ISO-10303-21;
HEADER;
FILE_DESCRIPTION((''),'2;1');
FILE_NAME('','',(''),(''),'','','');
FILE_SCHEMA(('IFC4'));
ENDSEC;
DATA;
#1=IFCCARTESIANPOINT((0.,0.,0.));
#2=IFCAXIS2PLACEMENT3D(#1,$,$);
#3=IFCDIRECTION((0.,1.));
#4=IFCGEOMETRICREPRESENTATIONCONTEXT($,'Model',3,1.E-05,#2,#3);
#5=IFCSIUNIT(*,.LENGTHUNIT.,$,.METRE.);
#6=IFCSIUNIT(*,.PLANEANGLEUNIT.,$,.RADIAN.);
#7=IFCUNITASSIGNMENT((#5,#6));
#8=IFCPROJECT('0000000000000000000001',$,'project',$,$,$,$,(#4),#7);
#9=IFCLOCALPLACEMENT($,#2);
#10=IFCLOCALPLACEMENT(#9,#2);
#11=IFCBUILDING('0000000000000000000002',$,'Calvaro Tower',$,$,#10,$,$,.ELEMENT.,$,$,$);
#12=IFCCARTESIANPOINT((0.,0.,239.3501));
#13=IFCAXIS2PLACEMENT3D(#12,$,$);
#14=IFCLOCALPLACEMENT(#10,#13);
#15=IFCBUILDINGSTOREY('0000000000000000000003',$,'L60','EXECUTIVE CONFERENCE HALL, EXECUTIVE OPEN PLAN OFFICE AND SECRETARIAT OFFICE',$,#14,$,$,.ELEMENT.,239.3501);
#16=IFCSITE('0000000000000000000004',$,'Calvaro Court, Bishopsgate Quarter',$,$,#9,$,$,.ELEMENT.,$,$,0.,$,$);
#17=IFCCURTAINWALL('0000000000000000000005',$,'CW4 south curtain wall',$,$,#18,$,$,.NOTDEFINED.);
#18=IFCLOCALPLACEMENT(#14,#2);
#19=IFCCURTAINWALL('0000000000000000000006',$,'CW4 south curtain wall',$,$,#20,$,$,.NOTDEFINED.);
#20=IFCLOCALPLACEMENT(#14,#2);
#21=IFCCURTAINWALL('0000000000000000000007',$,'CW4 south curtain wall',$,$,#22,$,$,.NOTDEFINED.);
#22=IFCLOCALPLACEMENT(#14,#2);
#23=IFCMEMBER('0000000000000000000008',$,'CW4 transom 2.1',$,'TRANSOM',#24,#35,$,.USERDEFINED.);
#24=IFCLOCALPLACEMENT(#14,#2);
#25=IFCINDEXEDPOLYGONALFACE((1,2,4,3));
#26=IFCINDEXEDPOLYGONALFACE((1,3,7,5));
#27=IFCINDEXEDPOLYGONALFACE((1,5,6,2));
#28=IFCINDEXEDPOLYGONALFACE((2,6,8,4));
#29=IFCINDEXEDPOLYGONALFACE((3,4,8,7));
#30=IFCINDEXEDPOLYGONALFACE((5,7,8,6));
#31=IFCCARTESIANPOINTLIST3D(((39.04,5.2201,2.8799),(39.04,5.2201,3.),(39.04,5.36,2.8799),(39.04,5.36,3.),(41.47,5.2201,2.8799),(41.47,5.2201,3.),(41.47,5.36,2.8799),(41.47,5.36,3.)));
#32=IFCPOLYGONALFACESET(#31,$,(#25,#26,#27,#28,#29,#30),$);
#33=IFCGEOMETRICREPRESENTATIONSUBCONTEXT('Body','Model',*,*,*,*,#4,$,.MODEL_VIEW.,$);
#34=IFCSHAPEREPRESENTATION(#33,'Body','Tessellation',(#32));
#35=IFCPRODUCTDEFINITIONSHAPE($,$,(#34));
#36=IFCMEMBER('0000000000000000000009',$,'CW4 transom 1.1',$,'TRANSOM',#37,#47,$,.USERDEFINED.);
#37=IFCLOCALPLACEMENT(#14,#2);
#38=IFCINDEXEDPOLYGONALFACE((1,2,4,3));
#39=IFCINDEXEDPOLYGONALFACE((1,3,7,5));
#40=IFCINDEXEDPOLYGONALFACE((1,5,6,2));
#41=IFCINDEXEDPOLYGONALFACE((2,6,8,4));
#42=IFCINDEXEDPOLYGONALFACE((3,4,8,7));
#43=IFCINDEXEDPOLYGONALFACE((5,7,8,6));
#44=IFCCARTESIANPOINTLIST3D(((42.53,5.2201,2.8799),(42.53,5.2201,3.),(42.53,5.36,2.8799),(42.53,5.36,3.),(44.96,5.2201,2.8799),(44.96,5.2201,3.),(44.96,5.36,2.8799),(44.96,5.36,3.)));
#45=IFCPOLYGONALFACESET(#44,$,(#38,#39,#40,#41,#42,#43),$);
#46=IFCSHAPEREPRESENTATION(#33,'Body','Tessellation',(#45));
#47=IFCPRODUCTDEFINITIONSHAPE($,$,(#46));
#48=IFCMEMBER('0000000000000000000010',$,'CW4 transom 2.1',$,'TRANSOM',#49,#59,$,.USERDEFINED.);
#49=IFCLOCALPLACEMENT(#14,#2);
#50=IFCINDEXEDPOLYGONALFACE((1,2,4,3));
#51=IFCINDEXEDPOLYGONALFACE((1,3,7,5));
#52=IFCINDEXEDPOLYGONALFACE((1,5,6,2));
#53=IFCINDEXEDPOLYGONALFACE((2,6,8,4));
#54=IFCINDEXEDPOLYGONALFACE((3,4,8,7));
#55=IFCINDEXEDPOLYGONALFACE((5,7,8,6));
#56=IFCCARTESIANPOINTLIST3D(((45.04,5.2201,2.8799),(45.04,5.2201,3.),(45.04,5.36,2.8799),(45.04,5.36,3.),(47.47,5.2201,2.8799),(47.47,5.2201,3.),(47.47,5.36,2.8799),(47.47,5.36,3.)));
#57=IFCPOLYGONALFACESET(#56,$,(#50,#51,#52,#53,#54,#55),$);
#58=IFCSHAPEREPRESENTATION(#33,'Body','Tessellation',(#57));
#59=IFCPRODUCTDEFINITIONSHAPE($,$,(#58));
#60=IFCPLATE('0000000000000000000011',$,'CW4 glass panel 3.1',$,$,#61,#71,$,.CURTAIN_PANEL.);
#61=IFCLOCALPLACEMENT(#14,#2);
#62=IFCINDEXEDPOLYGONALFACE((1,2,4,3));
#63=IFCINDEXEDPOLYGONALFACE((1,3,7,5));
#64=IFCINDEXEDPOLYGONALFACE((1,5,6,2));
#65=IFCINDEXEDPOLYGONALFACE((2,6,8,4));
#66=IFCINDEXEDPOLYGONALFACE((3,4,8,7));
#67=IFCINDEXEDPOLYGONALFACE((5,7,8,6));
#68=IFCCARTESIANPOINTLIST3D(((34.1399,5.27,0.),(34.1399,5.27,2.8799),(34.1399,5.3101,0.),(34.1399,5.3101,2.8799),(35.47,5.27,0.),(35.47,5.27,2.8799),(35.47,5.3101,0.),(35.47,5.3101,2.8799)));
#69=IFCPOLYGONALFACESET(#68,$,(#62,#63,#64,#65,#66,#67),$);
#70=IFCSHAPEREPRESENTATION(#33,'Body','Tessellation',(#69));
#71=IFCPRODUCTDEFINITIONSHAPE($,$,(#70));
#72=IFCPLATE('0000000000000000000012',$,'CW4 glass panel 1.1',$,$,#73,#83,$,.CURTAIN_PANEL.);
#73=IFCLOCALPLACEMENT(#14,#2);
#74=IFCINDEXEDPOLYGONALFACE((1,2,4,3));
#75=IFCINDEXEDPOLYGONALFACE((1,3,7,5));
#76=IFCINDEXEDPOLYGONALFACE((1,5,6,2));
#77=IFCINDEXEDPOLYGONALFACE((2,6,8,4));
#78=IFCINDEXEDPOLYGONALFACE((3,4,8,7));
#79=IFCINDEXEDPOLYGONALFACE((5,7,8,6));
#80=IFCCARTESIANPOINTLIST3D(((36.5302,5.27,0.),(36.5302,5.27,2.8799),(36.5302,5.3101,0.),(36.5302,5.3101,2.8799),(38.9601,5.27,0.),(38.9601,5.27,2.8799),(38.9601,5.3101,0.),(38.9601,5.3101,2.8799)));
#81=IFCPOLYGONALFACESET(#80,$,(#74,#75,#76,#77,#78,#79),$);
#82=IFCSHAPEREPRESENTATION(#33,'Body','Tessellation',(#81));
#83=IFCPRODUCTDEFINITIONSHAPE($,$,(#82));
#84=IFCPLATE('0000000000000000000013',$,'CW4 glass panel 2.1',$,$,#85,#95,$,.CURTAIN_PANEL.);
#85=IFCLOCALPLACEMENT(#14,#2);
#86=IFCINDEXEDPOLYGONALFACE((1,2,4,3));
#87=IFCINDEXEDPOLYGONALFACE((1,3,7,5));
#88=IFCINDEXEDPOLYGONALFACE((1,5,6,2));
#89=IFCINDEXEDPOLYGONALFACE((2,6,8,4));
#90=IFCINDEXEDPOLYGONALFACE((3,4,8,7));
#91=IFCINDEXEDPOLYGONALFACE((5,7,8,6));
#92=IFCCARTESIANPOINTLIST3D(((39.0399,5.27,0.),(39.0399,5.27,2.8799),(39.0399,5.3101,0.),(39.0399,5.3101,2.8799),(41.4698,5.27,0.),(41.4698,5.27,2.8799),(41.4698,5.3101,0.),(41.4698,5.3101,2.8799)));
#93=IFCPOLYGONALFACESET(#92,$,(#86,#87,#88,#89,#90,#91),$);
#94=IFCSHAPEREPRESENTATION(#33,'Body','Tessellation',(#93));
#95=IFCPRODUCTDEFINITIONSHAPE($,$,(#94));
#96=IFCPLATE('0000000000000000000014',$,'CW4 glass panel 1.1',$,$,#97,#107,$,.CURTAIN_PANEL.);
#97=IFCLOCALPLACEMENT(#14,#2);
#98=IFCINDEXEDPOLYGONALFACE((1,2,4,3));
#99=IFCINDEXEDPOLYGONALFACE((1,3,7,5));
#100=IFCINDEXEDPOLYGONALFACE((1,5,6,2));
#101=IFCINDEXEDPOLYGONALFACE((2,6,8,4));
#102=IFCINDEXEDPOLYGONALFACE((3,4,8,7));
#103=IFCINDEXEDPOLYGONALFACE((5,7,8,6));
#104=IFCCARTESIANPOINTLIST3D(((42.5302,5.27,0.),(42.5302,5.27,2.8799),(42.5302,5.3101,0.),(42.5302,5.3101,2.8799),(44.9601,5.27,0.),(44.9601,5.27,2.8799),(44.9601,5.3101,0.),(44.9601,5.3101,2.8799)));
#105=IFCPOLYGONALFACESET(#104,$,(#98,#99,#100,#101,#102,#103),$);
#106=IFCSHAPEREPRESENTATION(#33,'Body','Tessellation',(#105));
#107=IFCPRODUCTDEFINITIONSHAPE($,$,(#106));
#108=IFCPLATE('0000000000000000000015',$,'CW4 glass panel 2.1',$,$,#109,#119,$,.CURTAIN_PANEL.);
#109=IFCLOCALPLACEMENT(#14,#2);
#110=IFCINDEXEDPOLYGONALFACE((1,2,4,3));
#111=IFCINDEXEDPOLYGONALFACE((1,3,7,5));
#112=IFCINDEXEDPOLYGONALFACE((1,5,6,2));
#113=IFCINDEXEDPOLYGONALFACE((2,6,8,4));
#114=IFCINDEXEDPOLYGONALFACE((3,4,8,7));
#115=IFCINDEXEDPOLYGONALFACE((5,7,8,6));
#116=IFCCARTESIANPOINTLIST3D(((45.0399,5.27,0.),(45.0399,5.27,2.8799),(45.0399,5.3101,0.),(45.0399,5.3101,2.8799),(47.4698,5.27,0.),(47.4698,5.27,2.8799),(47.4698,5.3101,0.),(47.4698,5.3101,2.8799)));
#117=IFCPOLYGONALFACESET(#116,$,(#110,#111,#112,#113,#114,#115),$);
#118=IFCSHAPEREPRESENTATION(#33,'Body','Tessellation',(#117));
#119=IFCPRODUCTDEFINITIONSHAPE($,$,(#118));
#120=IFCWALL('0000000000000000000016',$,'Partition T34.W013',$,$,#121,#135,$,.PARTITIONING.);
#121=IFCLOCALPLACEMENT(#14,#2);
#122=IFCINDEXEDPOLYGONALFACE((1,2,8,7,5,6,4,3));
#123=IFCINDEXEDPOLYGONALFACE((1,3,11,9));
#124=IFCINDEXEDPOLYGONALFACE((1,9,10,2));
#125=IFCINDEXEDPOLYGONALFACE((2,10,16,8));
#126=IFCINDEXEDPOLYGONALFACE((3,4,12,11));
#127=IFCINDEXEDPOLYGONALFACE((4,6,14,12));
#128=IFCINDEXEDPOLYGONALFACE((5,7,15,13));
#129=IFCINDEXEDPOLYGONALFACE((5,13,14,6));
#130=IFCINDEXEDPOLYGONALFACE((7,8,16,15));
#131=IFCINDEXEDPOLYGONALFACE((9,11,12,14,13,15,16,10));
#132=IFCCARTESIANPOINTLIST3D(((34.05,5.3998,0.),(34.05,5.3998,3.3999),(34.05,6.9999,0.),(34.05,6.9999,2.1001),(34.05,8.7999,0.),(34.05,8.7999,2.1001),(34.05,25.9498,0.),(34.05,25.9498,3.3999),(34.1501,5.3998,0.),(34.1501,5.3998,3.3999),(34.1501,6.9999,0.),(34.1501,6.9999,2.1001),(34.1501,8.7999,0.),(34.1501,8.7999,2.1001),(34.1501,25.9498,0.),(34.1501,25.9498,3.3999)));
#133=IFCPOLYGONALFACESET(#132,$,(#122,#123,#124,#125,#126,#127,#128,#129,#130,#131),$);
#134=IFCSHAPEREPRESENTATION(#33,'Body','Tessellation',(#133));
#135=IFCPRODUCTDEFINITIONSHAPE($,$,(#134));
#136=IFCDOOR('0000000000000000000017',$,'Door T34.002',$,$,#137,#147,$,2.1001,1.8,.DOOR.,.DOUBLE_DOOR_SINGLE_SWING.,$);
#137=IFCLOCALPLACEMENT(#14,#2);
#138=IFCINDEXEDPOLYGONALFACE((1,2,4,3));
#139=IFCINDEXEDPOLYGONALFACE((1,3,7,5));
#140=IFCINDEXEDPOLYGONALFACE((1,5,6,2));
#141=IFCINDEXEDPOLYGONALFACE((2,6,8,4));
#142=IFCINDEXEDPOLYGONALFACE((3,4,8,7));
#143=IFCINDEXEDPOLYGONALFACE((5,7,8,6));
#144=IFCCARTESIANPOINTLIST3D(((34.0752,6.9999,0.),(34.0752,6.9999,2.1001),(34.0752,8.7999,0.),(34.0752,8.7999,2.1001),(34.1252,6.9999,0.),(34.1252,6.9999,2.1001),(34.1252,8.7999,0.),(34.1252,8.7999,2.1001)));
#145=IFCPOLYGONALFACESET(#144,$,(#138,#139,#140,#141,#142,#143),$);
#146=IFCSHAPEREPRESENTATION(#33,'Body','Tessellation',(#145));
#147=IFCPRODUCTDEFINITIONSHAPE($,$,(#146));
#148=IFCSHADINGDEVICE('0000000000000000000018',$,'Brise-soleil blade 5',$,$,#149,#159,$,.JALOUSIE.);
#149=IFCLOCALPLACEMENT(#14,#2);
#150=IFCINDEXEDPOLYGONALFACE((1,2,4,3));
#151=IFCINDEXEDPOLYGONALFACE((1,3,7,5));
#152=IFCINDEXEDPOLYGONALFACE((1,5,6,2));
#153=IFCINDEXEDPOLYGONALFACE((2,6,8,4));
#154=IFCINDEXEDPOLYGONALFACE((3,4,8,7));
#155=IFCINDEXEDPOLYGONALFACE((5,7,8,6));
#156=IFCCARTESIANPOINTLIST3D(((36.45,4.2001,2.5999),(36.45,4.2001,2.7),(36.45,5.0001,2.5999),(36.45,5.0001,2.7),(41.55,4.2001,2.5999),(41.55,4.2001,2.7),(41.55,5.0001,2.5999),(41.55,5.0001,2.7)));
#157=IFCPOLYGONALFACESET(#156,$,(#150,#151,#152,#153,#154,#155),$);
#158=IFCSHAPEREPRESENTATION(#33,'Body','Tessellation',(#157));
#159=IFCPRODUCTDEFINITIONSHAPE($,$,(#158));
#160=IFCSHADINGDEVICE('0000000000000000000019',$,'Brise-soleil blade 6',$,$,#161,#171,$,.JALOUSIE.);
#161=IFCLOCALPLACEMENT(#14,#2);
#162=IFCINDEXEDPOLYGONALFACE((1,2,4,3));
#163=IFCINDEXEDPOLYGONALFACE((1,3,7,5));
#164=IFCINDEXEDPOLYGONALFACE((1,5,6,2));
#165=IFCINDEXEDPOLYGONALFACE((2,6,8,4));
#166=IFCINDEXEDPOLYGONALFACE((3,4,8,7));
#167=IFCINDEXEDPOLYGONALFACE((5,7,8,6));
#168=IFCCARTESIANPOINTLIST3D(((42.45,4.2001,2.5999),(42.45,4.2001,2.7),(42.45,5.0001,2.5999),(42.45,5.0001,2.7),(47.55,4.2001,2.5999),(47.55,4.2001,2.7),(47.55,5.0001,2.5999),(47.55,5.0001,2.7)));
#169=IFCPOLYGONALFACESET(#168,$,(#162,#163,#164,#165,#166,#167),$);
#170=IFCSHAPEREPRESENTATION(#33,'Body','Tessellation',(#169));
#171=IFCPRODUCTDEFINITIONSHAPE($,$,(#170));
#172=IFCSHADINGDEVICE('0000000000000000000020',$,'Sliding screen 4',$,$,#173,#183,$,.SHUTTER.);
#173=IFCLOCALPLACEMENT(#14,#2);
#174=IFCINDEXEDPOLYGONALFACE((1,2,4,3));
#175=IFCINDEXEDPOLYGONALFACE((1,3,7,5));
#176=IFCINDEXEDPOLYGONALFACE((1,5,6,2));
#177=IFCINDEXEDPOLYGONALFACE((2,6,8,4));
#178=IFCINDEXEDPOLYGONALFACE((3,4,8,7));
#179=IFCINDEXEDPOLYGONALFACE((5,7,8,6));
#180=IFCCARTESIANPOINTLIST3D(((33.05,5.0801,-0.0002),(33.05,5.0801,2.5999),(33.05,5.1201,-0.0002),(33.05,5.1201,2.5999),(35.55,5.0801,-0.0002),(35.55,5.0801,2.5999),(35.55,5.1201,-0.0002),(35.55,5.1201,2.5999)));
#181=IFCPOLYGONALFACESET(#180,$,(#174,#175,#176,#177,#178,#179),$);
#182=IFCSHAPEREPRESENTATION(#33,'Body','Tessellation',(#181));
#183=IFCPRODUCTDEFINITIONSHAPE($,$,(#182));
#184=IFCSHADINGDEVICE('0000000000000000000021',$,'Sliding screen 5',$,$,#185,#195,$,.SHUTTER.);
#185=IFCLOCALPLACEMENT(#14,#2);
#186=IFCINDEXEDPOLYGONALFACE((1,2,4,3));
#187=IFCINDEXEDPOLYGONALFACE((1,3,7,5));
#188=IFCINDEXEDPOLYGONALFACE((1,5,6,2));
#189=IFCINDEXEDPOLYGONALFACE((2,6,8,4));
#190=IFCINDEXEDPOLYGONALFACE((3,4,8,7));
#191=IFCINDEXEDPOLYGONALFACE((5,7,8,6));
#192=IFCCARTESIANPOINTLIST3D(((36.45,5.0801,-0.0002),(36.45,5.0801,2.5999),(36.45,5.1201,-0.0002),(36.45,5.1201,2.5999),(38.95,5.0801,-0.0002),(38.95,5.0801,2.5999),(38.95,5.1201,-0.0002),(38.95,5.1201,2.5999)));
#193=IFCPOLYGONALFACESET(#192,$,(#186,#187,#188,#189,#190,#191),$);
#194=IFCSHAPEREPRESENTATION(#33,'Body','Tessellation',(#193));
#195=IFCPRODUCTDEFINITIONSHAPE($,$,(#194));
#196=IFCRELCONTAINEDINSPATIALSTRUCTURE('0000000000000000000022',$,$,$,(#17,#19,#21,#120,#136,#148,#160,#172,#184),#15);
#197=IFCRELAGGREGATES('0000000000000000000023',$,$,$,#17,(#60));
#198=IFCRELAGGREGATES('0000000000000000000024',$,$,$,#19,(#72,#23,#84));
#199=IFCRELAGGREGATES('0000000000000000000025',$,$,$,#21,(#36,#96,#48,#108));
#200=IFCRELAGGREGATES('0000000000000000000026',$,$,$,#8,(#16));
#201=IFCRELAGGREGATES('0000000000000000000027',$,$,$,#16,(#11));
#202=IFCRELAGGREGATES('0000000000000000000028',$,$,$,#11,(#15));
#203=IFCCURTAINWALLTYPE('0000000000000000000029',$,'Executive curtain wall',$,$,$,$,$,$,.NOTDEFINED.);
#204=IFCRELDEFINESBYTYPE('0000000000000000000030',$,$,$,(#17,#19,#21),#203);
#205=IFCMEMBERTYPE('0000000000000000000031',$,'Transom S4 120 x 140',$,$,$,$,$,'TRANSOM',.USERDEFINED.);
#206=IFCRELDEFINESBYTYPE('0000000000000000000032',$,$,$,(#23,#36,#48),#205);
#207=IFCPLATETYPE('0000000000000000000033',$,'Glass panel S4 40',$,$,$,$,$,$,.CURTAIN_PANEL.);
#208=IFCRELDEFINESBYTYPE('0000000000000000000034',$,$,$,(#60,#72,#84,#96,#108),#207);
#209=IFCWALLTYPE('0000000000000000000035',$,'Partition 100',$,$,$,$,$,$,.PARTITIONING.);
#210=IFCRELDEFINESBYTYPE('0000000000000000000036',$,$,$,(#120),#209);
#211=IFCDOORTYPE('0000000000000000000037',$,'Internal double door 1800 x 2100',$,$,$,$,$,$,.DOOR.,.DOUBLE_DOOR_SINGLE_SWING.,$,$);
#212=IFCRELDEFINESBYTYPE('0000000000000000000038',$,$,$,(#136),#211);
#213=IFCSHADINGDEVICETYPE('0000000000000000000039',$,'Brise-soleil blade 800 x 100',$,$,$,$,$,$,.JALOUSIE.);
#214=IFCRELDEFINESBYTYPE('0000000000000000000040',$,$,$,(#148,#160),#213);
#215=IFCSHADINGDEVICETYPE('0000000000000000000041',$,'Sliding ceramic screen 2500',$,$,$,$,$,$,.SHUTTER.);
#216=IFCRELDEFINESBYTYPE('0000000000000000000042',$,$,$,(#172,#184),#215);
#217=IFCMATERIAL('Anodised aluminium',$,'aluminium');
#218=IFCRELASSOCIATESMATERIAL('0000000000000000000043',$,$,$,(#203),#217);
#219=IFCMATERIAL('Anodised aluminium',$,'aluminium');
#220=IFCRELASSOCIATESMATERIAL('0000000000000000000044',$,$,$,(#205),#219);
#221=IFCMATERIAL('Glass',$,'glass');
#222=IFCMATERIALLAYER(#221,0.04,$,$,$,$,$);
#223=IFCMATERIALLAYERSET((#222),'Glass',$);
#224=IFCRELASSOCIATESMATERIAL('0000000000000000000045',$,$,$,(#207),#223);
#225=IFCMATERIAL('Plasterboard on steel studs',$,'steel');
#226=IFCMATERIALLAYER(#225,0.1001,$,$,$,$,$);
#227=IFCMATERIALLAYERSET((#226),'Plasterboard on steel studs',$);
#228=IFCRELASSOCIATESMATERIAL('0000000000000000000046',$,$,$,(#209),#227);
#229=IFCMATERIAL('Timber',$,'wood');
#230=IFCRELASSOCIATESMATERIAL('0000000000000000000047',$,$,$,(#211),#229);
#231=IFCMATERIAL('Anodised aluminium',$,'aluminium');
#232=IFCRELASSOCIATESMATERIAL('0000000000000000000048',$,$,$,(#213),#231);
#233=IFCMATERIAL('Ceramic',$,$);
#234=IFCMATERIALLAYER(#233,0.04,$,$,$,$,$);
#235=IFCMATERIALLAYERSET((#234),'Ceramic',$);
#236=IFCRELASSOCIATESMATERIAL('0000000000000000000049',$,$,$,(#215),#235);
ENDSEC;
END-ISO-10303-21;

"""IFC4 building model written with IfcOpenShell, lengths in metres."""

from ifc_helpers import new_model, si_unit, direction, frame, frame_2d, origin, origin_2d, place, context, subcontext, project, spatial, rectangle, extrude, material, layer, layer_set, material_profile, profile_set, type_object, element, fill, aggregate, save


model = new_model("IFC4")

# Units and contexts
model_context = context("Model", 3, precision=1e-05, world=origin(), true_north=direction((0.0, 1.0)))
body_context = subcontext(model_context, "Body", "Model", "MODEL_VIEW")
ifc_project = project(units=[si_unit("LENGTHUNIT", "METRE"), si_unit("PLANEANGLEUNIT", "RADIAN")], contexts=[model_context])

# Site, building, storey
site_placement = place(None, origin())
site = spatial("IfcSite", under=ifc_project, at=site_placement, Name="Calvaro Court, Bishopsgate Quarter", CompositionType="ELEMENT", RefElevation=0.0)
building_placement = place(site_placement, origin())
building = spatial("IfcBuilding", under=site, at=building_placement, Name="Calvaro Tower", CompositionType="ELEMENT")
storey_placement = place(building_placement, frame((0.0, 0.0, 239.3501)))
storey = spatial("IfcBuildingStorey", under=building, at=storey_placement, Name="L60", Description="EXECUTIVE CONFERENCE HALL, EXECUTIVE OPEN PLAN OFFICE AND SECRETARIAT OFFICE", CompositionType="ELEMENT", Elevation=239.3501)

# Curtain walls
ifc_material_1 = material(Name="Anodised aluminium", Category="aluminium")
curtain_wall_type = type_object("IfcCurtainWallType", Name="Executive curtain wall", PredefinedType="NOTDEFINED", material=ifc_material_1)
curtain_wall_1_placement = place(storey_placement, origin())
curtain_wall_1 = element("IfcCurtainWall", 1, at=curtain_wall_1_placement, inside=storey, type_object=curtain_wall_type, Name="CW4 south curtain wall", PredefinedType="NOTDEFINED")
curtain_wall_2_placement = place(storey_placement, origin())
curtain_wall_2 = element("IfcCurtainWall", 2, at=curtain_wall_2_placement, inside=storey, type_object=curtain_wall_type, Name="CW4 south curtain wall", PredefinedType="NOTDEFINED")
curtain_wall_3_placement = place(storey_placement, origin())
curtain_wall_3 = element("IfcCurtainWall", 3, at=curtain_wall_3_placement, inside=storey, type_object=curtain_wall_type, Name="CW4 south curtain wall", PredefinedType="NOTDEFINED")

# Members
ifc_material_2 = material(Name="Anodised aluminium", Category="aluminium")
ifc_material_profile_1 = material_profile(ifc_material_2, rectangle(XDim=0.1399, YDim=0.1201, at=origin_2d()), Name="Transom S4 120 x 140")
ifc_profile_set_1 = profile_set([ifc_material_profile_1], Name="Anodised aluminium")
member_type_1 = type_object("IfcMemberType", Name="Transom S4 120 x 140", ElementType="TRANSOM", PredefinedType="USERDEFINED", material=ifc_profile_set_1)
member_1_placement = place(storey_placement, frame((39.04, 5.29, 2.9399), z_axis=(1.0, 0.0, 0.0), x_axis=(0.0, 1.0, 0.0)))
member_1 = element("IfcMember", 4, at=member_1_placement, type_object=member_type_1, Name="CW4 transom 2.1", ObjectType="TRANSOM", PredefinedType="USERDEFINED", context=body_context, shape_type="SweptSolid", body=[
    extrude(rectangle(XDim=0.1399, YDim=0.1201, at=origin_2d()), origin(), (0.0, 0.0, 1.0), 2.4299),
])
member_2_placement = place(storey_placement, frame((42.53, 5.29, 2.9399), z_axis=(1.0, 0.0, 0.0), x_axis=(0.0, 1.0, 0.0)))
member_2 = element("IfcMember", 5, at=member_2_placement, type_object=member_type_1, Name="CW4 transom 1.1", ObjectType="TRANSOM", PredefinedType="USERDEFINED", context=body_context, shape_type="SweptSolid", body=[
    extrude(rectangle(XDim=0.1399, YDim=0.1201, at=origin_2d()), origin(), (0.0, 0.0, 1.0), 2.4299),
])
member_3_placement = place(storey_placement, frame((45.04, 5.29, 2.9399), z_axis=(1.0, 0.0, 0.0), x_axis=(0.0, 1.0, 0.0)))
member_3 = element("IfcMember", 6, at=member_3_placement, type_object=member_type_1, Name="CW4 transom 2.1", ObjectType="TRANSOM", PredefinedType="USERDEFINED", context=body_context, shape_type="SweptSolid", body=[
    extrude(rectangle(XDim=0.1399, YDim=0.1201, at=origin_2d()), origin(), (0.0, 0.0, 1.0), 2.4299),
])

# Plates
ifc_material_3 = material(Name="Glass", Category="glass")
ifc_layer_1 = layer(ifc_material_3, 0.04)
ifc_layer_set_1 = layer_set([ifc_layer_1], Name="Glass")
plate_type = type_object("IfcPlateType", Name="Glass panel S4 40", PredefinedType="CURTAIN_PANEL", material=ifc_layer_set_1)
plate_1_placement = place(storey_placement, frame((34.8049, 5.29, 0.0), z_axis=(0.0, 0.0, 1.0), x_axis=(1.0, 0.0, 0.0)))
plate_1 = element("IfcPlate", 7, at=plate_1_placement, type_object=plate_type, Name="CW4 glass panel 3.1", PredefinedType="CURTAIN_PANEL", context=body_context, shape_type="SweptSolid", body=[
    extrude(rectangle(XDim=1.3301, YDim=0.04, at=origin_2d()), origin(), (0.0, 0.0, 1.0), 2.8799),
])
aggregate(curtain_wall_1, [plate_1])
plate_2_placement = place(storey_placement, frame((37.7451, 5.29, 0.0), z_axis=(0.0, 0.0, 1.0), x_axis=(1.0, 0.0, 0.0)))
plate_2 = element("IfcPlate", 8, at=plate_2_placement, type_object=plate_type, Name="CW4 glass panel 1.1", PredefinedType="CURTAIN_PANEL", context=body_context, shape_type="SweptSolid", body=[
    extrude(rectangle(XDim=2.4299, YDim=0.04, at=origin_2d()), origin(), (0.0, 0.0, 1.0), 2.8799),
])
plate_3_placement = place(storey_placement, frame((40.2549, 5.29, 0.0), z_axis=(0.0, 0.0, 1.0), x_axis=(1.0, 0.0, 0.0)))
plate_3 = element("IfcPlate", 9, at=plate_3_placement, type_object=plate_type, Name="CW4 glass panel 2.1", PredefinedType="CURTAIN_PANEL", context=body_context, shape_type="SweptSolid", body=[
    extrude(rectangle(XDim=2.4299, YDim=0.04, at=origin_2d()), origin(), (0.0, 0.0, 1.0), 2.8799),
])
aggregate(curtain_wall_2, [plate_2, member_1, plate_3])
plate_4_placement = place(storey_placement, frame((43.7451, 5.29, 0.0), z_axis=(0.0, 0.0, 1.0), x_axis=(1.0, 0.0, 0.0)))
plate_4 = element("IfcPlate", 10, at=plate_4_placement, type_object=plate_type, Name="CW4 glass panel 1.1", PredefinedType="CURTAIN_PANEL", context=body_context, shape_type="SweptSolid", body=[
    extrude(rectangle(XDim=2.4299, YDim=0.04, at=origin_2d()), origin(), (0.0, 0.0, 1.0), 2.8799),
])
plate_5_placement = place(storey_placement, frame((46.2549, 5.29, 0.0), z_axis=(0.0, 0.0, 1.0), x_axis=(1.0, 0.0, 0.0)))
plate_5 = element("IfcPlate", 11, at=plate_5_placement, type_object=plate_type, Name="CW4 glass panel 2.1", PredefinedType="CURTAIN_PANEL", context=body_context, shape_type="SweptSolid", body=[
    extrude(rectangle(XDim=2.4299, YDim=0.04, at=origin_2d()), origin(), (0.0, 0.0, 1.0), 2.8799),
])
aggregate(curtain_wall_3, [member_2, plate_4, member_3, plate_5])

# Wall, opening, door
ifc_material_4 = material(Name="Plasterboard on steel studs", Category="steel")
ifc_layer_2 = layer(ifc_material_4, 0.1001)
ifc_layer_set_2 = layer_set([ifc_layer_2], Name="Plasterboard on steel studs")
wall_type = type_object("IfcWallType", Name="Partition 100", PredefinedType="PARTITIONING", material=ifc_layer_set_2)
wall_placement = place(storey_placement, frame((34.1001, 5.3999, 0.0), z_axis=(0.0, 0.0, 1.0), x_axis=(0.0, 1.0, 0.0)))
wall = element("IfcWall", 12, at=wall_placement, inside=storey, type_object=wall_type, Name="Partition T34.W013", PredefinedType="PARTITIONING", context=body_context, shape_type="SweptSolid", body=[
    extrude(rectangle(XDim=20.55, YDim=0.1001, at=frame_2d((10.2749, 0.0))), origin(), (0.0, 0.0, 1.0), 3.3999),
])
opening_placement = place(wall_placement, frame((1.6001, 0.0, 0.0)))
opening = element("IfcOpeningElement", 13, at=opening_placement, cuts=wall, PredefinedType="OPENING", context=body_context, shape_type="SweptSolid", body=[
    extrude(rectangle(XDim=1.8, YDim=2.1001, at=frame_2d((0.8999, 1.05))), frame((0.0, 0.0601, 0.0), z_axis=(0.0, -1.0, 0.0), x_axis=(1.0, 0.0, 0.0)), (0.0, 0.0, 1.0), 0.1201),
])
ifc_material_5 = material(Name="Timber", Category="wood")
door_type = type_object("IfcDoorType", Name="Internal double door 1800 x 2100", OperationType="DOUBLE_DOOR_SINGLE_SWING", PredefinedType="DOOR", material=ifc_material_5)
door_placement = place(opening_placement, origin())
door = element("IfcDoor", 14, at=door_placement, inside=storey, type_object=door_type, Name="Door T34.002", OperationType="DOUBLE_DOOR_SINGLE_SWING", OverallHeight=2.1001, OverallWidth=1.8, PredefinedType="DOOR", context=body_context, shape_type="SweptSolid", body=[
    extrude(rectangle(XDim=1.8, YDim=2.1001, at=frame_2d((0.8999, 1.05))), frame((0.0, 0.0249, 0.0), z_axis=(0.0, -1.0, 0.0), x_axis=(1.0, 0.0, 0.0)), (0.0, 0.0, 1.0), 0.05),
])
fill(opening, door)

# Shading devices
ifc_material_6 = material(Name="Anodised aluminium", Category="aluminium")
ifc_material_profile_2 = material_profile(ifc_material_6, rectangle(XDim=0.8, YDim=0.1001, at=origin_2d()), Name="Brise-soleil blade 800 x 100")
ifc_profile_set_2 = profile_set([ifc_material_profile_2], Name="Anodised aluminium")
shading_device_type_1 = type_object("IfcShadingDeviceType", Name="Brise-soleil blade 800 x 100", PredefinedType="JALOUSIE", material=ifc_profile_set_2)
for number, where, z_axis, x_axis, name in (
    (15, (36.45, 4.6001, 2.6499), (1.0, 0.0, 0.0), (0.0, 1.0, 0.0), "Brise-soleil blade 5"),
    (16, (42.45, 4.6001, 2.6499), (1.0, 0.0, 0.0), (0.0, 1.0, 0.0), "Brise-soleil blade 6"),
):
    element("IfcShadingDevice", number, at=place(storey_placement, frame(where, z_axis=z_axis, x_axis=x_axis)), inside=storey, type_object=shading_device_type_1, Name=name, PredefinedType="JALOUSIE", context=body_context, shape_type="SweptSolid", body=[
        extrude(rectangle(XDim=0.8, YDim=0.1001, at=origin_2d()), origin(), (0.0, 0.0, 1.0), 5.1001),
    ])
ifc_material_7 = material(Name="Ceramic")
ifc_layer_3 = layer(ifc_material_7, 0.04)
ifc_layer_set_3 = layer_set([ifc_layer_3], Name="Ceramic")
shading_device_type_2 = type_object("IfcShadingDeviceType", Name="Sliding ceramic screen 2500", PredefinedType="SHUTTER", material=ifc_layer_set_3)
for number, where, z_axis, x_axis, name in (
    (17, (34.3, 5.1001, -0.0002), (0.0, 0.0, 1.0), (1.0, 0.0, 0.0), "Sliding screen 4"),
    (18, (37.7, 5.1001, -0.0002), (0.0, 0.0, 1.0), (1.0, 0.0, 0.0), "Sliding screen 5"),
):
    element("IfcShadingDevice", number, at=place(storey_placement, frame(where, z_axis=z_axis, x_axis=x_axis)), inside=storey, type_object=shading_device_type_2, Name=name, PredefinedType="SHUTTER", context=body_context, shape_type="SweptSolid", body=[
        extrude(rectangle(XDim=2.5, YDim=0.04, at=origin_2d()), origin(), (0.0, 0.0, 1.0), 2.6001),
    ])

save(model, "model.ifc")
